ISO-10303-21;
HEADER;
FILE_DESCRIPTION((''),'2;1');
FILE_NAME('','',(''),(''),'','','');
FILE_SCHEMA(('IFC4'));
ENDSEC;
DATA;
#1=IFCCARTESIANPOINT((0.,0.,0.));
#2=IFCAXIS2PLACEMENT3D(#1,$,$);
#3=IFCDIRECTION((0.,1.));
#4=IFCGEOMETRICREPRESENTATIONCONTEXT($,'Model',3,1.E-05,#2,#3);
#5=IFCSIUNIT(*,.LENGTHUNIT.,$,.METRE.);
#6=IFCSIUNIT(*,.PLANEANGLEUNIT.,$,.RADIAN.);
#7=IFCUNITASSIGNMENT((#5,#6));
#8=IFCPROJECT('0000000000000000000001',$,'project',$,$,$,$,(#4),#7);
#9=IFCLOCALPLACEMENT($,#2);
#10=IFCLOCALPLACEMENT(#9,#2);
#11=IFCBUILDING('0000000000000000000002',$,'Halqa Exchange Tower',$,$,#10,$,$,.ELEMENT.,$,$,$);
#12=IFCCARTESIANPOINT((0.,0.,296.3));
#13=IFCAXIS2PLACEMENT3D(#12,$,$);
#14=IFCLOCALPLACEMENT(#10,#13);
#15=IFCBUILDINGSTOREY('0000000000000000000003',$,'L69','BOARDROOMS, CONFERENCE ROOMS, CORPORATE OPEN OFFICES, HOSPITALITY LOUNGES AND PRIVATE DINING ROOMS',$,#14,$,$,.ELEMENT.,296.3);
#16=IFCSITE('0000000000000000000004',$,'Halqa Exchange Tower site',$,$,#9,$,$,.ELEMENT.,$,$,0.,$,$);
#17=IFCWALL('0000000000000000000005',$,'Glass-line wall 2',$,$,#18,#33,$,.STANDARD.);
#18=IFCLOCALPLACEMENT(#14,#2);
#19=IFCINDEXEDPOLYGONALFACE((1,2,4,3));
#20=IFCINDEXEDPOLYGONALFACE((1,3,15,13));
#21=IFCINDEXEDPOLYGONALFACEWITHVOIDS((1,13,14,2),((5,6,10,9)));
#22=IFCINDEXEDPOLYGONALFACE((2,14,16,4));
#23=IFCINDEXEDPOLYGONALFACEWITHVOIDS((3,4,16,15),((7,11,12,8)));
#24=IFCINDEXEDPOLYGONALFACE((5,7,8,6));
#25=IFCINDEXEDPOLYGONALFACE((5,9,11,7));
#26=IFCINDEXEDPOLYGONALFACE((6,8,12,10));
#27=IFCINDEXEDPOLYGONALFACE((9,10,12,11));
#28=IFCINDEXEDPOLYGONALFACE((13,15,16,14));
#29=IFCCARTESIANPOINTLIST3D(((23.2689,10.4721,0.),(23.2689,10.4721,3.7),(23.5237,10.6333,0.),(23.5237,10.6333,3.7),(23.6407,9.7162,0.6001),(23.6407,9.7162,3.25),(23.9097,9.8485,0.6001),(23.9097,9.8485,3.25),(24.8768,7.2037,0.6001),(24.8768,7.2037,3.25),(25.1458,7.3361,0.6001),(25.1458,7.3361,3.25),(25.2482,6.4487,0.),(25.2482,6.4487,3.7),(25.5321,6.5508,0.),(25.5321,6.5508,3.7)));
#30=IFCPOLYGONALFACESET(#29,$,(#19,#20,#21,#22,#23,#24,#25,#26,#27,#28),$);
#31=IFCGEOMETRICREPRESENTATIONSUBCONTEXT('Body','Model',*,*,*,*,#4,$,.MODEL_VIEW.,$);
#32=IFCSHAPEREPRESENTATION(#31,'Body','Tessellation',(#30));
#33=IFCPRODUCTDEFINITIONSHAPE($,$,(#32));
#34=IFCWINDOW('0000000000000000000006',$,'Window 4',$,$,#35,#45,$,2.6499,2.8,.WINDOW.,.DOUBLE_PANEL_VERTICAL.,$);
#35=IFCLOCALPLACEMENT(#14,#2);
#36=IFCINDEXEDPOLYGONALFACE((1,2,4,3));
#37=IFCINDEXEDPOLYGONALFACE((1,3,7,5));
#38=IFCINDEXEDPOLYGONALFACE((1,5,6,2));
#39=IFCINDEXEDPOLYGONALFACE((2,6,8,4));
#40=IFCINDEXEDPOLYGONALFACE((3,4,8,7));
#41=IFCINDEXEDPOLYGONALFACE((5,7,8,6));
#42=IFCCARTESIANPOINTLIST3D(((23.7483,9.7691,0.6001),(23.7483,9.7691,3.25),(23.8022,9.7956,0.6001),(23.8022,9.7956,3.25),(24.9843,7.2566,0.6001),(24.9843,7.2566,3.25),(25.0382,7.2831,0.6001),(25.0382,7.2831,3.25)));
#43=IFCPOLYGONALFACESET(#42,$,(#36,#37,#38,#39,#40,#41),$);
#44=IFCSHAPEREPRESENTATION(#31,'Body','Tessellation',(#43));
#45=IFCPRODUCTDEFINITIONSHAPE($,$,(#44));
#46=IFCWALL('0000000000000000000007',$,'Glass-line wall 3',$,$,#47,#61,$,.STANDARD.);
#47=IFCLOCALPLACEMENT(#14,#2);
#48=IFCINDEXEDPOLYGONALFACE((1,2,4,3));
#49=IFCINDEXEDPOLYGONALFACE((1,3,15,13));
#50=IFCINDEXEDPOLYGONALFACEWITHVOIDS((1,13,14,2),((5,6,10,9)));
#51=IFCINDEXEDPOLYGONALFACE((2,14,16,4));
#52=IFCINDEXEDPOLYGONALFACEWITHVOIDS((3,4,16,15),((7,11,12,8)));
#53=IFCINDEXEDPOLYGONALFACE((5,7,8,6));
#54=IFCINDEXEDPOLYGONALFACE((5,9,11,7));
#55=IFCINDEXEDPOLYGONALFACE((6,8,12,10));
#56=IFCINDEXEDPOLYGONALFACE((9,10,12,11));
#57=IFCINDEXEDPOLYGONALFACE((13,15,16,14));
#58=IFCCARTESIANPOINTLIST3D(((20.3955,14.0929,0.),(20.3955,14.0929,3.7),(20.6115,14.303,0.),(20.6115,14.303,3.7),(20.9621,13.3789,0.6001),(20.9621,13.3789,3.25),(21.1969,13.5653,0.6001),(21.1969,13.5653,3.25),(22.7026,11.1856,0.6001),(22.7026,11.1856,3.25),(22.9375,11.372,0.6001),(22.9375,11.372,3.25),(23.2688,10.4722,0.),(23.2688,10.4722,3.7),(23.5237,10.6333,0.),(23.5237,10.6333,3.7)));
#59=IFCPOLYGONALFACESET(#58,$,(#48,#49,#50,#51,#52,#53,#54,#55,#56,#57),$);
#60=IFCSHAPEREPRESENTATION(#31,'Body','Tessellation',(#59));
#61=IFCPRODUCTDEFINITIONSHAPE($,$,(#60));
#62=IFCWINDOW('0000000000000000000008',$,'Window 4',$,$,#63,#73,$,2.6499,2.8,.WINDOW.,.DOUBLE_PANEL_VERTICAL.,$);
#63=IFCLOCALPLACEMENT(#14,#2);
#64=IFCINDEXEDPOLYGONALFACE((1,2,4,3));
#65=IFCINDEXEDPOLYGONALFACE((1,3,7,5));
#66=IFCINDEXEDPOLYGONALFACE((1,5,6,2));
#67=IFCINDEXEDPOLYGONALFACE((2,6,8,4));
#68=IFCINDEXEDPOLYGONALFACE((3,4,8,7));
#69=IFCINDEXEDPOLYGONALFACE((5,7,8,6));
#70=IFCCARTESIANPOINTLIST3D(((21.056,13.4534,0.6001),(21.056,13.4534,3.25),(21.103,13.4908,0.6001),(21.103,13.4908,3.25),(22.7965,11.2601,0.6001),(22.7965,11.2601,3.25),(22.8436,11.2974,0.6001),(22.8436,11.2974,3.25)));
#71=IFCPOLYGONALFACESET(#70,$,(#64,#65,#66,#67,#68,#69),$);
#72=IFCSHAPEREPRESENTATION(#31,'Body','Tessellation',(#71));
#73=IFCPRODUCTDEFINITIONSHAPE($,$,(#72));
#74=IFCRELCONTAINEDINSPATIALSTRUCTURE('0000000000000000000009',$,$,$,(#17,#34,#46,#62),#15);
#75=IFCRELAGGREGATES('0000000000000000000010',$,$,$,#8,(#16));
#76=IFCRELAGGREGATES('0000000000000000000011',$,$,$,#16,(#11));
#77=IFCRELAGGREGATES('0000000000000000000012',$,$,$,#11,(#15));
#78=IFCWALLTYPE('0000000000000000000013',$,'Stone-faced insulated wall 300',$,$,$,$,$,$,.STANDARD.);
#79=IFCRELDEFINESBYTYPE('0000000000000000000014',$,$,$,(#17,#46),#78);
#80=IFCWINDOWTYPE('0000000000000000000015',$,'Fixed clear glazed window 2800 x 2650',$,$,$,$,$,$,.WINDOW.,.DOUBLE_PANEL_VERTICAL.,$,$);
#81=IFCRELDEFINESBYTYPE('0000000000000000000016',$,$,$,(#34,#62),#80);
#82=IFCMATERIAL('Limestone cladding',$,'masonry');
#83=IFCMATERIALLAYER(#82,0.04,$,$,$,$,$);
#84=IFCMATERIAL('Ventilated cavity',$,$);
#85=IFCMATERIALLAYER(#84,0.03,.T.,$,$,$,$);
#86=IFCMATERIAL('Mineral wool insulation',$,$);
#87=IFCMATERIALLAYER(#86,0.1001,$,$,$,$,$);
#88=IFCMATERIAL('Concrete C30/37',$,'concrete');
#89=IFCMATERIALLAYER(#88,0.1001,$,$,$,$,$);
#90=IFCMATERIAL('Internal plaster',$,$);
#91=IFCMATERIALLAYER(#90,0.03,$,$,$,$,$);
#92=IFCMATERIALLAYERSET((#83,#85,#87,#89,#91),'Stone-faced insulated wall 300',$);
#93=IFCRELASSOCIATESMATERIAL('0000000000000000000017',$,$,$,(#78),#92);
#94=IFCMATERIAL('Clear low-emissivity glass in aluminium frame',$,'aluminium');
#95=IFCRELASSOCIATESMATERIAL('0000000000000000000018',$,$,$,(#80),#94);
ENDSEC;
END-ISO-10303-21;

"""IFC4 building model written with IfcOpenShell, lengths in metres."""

from ifc_helpers import new_model, si_unit, direction, frame, frame_2d, origin, place, context, subcontext, project, spatial, polyline, rectangle, outline, extrude, material, layer, layer_set, type_object, element, fill, save


model = new_model("IFC4")

# Units and contexts
model_context = context("Model", 3, precision=1e-05, world=origin(), true_north=direction((0.0, 1.0)))
body_context = subcontext(model_context, "Body", "Model", "MODEL_VIEW")
ifc_project = project(units=[si_unit("LENGTHUNIT", "METRE"), si_unit("PLANEANGLEUNIT", "RADIAN")], contexts=[model_context])

# Site, building, storey
site_placement = place(None, origin())
site = spatial("IfcSite", under=ifc_project, at=site_placement, Name="Halqa Exchange Tower site", CompositionType="ELEMENT", RefElevation=0.0)
building_placement = place(site_placement, origin())
building = spatial("IfcBuilding", under=site, at=building_placement, Name="Halqa Exchange Tower", CompositionType="ELEMENT")
storey_placement = place(building_placement, frame((0.0, 0.0, 296.3)))
storey = spatial("IfcBuildingStorey", under=building, at=storey_placement, Name="L69", Description="BOARDROOMS, CONFERENCE ROOMS, CORPORATE OPEN OFFICES, HOSPITALITY LOUNGES AND PRIVATE DINING ROOMS", CompositionType="ELEMENT", Elevation=296.3)

# Walls, openings, windows
ifc_material_1 = material(Name="Limestone cladding", Category="masonry")
ifc_layer_1 = layer(ifc_material_1, 0.04)
ifc_material_2 = material(Name="Ventilated cavity")
ifc_layer_2 = layer(ifc_material_2, 0.03, ventilated=True)
ifc_material_3 = material(Name="Mineral wool insulation")
ifc_layer_3 = layer(ifc_material_3, 0.1001)
ifc_material_4 = material(Name="Concrete C30/37", Category="concrete")
ifc_layer_4 = layer(ifc_material_4, 0.1001)
ifc_material_5 = material(Name="Internal plaster")
ifc_layer_5 = layer(ifc_material_5, 0.03)
ifc_layer_set_1 = layer_set([ifc_layer_1, ifc_layer_2, ifc_layer_3, ifc_layer_4, ifc_layer_5], Name="Stone-faced insulated wall 300")
wall_type_1 = type_object("IfcWallType", Name="Stone-faced insulated wall 300", PredefinedType="STANDARD", material=ifc_layer_set_1)
ifc_material_6 = material(Name="Clear low-emissivity glass in aluminium frame", Category="aluminium")
window_type = type_object("IfcWindowType", Name="Fixed clear glazed window 2800 x 2650", PartitioningType="DOUBLE_PANEL_VERTICAL", PredefinedType="WINDOW", material=ifc_material_6)
wall_1_placement = place(storey_placement, frame((25.3901, 6.4998, 0.0), z_axis=(0.0, 0.0, 1.0), x_axis=(-0.441432, 0.897295, 0.0)))
wall_1 = element("IfcWall", 1, at=wall_1_placement, inside=storey, type_object=wall_type_1, Name="Glass-line wall 2", PredefinedType="STANDARD", context=body_context, shape_type="SweptSolid", body=[
    extrude(outline(polyline([(-0.0168, -0.1499), (4.533, -0.1499), (4.5007, 0.1499), (0.0168, 0.1499), (-0.0168, -0.1499)])), origin(), (0.0, 0.0, 1.0), 3.7),
])
opening_1_placement = place(wall_1_placement, frame((0.8584, 0.0, 0.6001)))
opening_1 = element("IfcOpeningElement", 2, at=opening_1_placement, cuts=wall_1, PredefinedType="OPENING", context=body_context, shape_type="SweptSolid", body=[
    extrude(rectangle(XDim=2.8, YDim=2.6499, at=frame_2d((1.3999, 1.325))), frame((0.0, 0.1621, 0.0), z_axis=(0.0, -1.0, 0.0), x_axis=(1.0, 0.0, 0.0)), (0.0, 0.0, 1.0), 0.324),
])
window_1_placement = place(opening_1_placement, origin())
window_1 = element("IfcWindow", 3, at=window_1_placement, inside=storey, type_object=window_type, Name="Window 4", OverallHeight=2.6499, OverallWidth=2.8, PartitioningType="DOUBLE_PANEL_VERTICAL", PredefinedType="WINDOW", context=body_context, shape_type="SweptSolid", body=[
    extrude(rectangle(XDim=2.8, YDim=2.6499, at=frame_2d((1.3999, 1.325))), frame((0.0, 0.03, 0.0), z_axis=(0.0, -1.0, 0.0), x_axis=(1.0, 0.0, 0.0)), (0.0, 0.0, 1.0), 0.0601),
])
fill(opening_1, window_1)
wall_2_placement = place(storey_placement, frame((23.3962, 10.5527, 0.0), z_axis=(0.0, 0.0, 1.0), x_axis=(-0.621626, 0.783314, 0.0)))
wall_2 = element("IfcWall", 4, at=wall_2_placement, inside=storey, type_object=wall_type_1, Name="Glass-line wall 3", PredefinedType="STANDARD", context=body_context, shape_type="SweptSolid", body=[
    extrude(outline(polyline([(-0.0161, -0.1499), (4.6687, -0.1499), (4.6384, 0.1499), (0.0161, 0.1499), (-0.0161, -0.1499)])), origin(), (0.0, 0.0, 1.0), 3.7),
])
opening_2_placement = place(wall_2_placement, frame((0.927, 0.0, 0.6001)))
opening_2 = element("IfcOpeningElement", 5, at=opening_2_placement, cuts=wall_2, PredefinedType="OPENING", context=body_context, shape_type="SweptSolid", body=[
    extrude(rectangle(XDim=2.8, YDim=2.6499, at=frame_2d((1.3999, 1.325))), frame((0.0, 0.1621, 0.0), z_axis=(0.0, -1.0, 0.0), x_axis=(1.0, 0.0, 0.0)), (0.0, 0.0, 1.0), 0.324),
])
window_2_placement = place(opening_2_placement, origin())
window_2 = element("IfcWindow", 6, at=window_2_placement, inside=storey, type_object=window_type, Name="Window 4", OverallHeight=2.6499, OverallWidth=2.8, PartitioningType="DOUBLE_PANEL_VERTICAL", PredefinedType="WINDOW", context=body_context, shape_type="SweptSolid", body=[
    extrude(rectangle(XDim=2.8, YDim=2.6499, at=frame_2d((1.3999, 1.325))), frame((0.0, 0.03, 0.0), z_axis=(0.0, -1.0, 0.0), x_axis=(1.0, 0.0, 0.0)), (0.0, 0.0, 1.0), 0.0601),
])
fill(opening_2, window_2)

save(model, "model.ifc")
